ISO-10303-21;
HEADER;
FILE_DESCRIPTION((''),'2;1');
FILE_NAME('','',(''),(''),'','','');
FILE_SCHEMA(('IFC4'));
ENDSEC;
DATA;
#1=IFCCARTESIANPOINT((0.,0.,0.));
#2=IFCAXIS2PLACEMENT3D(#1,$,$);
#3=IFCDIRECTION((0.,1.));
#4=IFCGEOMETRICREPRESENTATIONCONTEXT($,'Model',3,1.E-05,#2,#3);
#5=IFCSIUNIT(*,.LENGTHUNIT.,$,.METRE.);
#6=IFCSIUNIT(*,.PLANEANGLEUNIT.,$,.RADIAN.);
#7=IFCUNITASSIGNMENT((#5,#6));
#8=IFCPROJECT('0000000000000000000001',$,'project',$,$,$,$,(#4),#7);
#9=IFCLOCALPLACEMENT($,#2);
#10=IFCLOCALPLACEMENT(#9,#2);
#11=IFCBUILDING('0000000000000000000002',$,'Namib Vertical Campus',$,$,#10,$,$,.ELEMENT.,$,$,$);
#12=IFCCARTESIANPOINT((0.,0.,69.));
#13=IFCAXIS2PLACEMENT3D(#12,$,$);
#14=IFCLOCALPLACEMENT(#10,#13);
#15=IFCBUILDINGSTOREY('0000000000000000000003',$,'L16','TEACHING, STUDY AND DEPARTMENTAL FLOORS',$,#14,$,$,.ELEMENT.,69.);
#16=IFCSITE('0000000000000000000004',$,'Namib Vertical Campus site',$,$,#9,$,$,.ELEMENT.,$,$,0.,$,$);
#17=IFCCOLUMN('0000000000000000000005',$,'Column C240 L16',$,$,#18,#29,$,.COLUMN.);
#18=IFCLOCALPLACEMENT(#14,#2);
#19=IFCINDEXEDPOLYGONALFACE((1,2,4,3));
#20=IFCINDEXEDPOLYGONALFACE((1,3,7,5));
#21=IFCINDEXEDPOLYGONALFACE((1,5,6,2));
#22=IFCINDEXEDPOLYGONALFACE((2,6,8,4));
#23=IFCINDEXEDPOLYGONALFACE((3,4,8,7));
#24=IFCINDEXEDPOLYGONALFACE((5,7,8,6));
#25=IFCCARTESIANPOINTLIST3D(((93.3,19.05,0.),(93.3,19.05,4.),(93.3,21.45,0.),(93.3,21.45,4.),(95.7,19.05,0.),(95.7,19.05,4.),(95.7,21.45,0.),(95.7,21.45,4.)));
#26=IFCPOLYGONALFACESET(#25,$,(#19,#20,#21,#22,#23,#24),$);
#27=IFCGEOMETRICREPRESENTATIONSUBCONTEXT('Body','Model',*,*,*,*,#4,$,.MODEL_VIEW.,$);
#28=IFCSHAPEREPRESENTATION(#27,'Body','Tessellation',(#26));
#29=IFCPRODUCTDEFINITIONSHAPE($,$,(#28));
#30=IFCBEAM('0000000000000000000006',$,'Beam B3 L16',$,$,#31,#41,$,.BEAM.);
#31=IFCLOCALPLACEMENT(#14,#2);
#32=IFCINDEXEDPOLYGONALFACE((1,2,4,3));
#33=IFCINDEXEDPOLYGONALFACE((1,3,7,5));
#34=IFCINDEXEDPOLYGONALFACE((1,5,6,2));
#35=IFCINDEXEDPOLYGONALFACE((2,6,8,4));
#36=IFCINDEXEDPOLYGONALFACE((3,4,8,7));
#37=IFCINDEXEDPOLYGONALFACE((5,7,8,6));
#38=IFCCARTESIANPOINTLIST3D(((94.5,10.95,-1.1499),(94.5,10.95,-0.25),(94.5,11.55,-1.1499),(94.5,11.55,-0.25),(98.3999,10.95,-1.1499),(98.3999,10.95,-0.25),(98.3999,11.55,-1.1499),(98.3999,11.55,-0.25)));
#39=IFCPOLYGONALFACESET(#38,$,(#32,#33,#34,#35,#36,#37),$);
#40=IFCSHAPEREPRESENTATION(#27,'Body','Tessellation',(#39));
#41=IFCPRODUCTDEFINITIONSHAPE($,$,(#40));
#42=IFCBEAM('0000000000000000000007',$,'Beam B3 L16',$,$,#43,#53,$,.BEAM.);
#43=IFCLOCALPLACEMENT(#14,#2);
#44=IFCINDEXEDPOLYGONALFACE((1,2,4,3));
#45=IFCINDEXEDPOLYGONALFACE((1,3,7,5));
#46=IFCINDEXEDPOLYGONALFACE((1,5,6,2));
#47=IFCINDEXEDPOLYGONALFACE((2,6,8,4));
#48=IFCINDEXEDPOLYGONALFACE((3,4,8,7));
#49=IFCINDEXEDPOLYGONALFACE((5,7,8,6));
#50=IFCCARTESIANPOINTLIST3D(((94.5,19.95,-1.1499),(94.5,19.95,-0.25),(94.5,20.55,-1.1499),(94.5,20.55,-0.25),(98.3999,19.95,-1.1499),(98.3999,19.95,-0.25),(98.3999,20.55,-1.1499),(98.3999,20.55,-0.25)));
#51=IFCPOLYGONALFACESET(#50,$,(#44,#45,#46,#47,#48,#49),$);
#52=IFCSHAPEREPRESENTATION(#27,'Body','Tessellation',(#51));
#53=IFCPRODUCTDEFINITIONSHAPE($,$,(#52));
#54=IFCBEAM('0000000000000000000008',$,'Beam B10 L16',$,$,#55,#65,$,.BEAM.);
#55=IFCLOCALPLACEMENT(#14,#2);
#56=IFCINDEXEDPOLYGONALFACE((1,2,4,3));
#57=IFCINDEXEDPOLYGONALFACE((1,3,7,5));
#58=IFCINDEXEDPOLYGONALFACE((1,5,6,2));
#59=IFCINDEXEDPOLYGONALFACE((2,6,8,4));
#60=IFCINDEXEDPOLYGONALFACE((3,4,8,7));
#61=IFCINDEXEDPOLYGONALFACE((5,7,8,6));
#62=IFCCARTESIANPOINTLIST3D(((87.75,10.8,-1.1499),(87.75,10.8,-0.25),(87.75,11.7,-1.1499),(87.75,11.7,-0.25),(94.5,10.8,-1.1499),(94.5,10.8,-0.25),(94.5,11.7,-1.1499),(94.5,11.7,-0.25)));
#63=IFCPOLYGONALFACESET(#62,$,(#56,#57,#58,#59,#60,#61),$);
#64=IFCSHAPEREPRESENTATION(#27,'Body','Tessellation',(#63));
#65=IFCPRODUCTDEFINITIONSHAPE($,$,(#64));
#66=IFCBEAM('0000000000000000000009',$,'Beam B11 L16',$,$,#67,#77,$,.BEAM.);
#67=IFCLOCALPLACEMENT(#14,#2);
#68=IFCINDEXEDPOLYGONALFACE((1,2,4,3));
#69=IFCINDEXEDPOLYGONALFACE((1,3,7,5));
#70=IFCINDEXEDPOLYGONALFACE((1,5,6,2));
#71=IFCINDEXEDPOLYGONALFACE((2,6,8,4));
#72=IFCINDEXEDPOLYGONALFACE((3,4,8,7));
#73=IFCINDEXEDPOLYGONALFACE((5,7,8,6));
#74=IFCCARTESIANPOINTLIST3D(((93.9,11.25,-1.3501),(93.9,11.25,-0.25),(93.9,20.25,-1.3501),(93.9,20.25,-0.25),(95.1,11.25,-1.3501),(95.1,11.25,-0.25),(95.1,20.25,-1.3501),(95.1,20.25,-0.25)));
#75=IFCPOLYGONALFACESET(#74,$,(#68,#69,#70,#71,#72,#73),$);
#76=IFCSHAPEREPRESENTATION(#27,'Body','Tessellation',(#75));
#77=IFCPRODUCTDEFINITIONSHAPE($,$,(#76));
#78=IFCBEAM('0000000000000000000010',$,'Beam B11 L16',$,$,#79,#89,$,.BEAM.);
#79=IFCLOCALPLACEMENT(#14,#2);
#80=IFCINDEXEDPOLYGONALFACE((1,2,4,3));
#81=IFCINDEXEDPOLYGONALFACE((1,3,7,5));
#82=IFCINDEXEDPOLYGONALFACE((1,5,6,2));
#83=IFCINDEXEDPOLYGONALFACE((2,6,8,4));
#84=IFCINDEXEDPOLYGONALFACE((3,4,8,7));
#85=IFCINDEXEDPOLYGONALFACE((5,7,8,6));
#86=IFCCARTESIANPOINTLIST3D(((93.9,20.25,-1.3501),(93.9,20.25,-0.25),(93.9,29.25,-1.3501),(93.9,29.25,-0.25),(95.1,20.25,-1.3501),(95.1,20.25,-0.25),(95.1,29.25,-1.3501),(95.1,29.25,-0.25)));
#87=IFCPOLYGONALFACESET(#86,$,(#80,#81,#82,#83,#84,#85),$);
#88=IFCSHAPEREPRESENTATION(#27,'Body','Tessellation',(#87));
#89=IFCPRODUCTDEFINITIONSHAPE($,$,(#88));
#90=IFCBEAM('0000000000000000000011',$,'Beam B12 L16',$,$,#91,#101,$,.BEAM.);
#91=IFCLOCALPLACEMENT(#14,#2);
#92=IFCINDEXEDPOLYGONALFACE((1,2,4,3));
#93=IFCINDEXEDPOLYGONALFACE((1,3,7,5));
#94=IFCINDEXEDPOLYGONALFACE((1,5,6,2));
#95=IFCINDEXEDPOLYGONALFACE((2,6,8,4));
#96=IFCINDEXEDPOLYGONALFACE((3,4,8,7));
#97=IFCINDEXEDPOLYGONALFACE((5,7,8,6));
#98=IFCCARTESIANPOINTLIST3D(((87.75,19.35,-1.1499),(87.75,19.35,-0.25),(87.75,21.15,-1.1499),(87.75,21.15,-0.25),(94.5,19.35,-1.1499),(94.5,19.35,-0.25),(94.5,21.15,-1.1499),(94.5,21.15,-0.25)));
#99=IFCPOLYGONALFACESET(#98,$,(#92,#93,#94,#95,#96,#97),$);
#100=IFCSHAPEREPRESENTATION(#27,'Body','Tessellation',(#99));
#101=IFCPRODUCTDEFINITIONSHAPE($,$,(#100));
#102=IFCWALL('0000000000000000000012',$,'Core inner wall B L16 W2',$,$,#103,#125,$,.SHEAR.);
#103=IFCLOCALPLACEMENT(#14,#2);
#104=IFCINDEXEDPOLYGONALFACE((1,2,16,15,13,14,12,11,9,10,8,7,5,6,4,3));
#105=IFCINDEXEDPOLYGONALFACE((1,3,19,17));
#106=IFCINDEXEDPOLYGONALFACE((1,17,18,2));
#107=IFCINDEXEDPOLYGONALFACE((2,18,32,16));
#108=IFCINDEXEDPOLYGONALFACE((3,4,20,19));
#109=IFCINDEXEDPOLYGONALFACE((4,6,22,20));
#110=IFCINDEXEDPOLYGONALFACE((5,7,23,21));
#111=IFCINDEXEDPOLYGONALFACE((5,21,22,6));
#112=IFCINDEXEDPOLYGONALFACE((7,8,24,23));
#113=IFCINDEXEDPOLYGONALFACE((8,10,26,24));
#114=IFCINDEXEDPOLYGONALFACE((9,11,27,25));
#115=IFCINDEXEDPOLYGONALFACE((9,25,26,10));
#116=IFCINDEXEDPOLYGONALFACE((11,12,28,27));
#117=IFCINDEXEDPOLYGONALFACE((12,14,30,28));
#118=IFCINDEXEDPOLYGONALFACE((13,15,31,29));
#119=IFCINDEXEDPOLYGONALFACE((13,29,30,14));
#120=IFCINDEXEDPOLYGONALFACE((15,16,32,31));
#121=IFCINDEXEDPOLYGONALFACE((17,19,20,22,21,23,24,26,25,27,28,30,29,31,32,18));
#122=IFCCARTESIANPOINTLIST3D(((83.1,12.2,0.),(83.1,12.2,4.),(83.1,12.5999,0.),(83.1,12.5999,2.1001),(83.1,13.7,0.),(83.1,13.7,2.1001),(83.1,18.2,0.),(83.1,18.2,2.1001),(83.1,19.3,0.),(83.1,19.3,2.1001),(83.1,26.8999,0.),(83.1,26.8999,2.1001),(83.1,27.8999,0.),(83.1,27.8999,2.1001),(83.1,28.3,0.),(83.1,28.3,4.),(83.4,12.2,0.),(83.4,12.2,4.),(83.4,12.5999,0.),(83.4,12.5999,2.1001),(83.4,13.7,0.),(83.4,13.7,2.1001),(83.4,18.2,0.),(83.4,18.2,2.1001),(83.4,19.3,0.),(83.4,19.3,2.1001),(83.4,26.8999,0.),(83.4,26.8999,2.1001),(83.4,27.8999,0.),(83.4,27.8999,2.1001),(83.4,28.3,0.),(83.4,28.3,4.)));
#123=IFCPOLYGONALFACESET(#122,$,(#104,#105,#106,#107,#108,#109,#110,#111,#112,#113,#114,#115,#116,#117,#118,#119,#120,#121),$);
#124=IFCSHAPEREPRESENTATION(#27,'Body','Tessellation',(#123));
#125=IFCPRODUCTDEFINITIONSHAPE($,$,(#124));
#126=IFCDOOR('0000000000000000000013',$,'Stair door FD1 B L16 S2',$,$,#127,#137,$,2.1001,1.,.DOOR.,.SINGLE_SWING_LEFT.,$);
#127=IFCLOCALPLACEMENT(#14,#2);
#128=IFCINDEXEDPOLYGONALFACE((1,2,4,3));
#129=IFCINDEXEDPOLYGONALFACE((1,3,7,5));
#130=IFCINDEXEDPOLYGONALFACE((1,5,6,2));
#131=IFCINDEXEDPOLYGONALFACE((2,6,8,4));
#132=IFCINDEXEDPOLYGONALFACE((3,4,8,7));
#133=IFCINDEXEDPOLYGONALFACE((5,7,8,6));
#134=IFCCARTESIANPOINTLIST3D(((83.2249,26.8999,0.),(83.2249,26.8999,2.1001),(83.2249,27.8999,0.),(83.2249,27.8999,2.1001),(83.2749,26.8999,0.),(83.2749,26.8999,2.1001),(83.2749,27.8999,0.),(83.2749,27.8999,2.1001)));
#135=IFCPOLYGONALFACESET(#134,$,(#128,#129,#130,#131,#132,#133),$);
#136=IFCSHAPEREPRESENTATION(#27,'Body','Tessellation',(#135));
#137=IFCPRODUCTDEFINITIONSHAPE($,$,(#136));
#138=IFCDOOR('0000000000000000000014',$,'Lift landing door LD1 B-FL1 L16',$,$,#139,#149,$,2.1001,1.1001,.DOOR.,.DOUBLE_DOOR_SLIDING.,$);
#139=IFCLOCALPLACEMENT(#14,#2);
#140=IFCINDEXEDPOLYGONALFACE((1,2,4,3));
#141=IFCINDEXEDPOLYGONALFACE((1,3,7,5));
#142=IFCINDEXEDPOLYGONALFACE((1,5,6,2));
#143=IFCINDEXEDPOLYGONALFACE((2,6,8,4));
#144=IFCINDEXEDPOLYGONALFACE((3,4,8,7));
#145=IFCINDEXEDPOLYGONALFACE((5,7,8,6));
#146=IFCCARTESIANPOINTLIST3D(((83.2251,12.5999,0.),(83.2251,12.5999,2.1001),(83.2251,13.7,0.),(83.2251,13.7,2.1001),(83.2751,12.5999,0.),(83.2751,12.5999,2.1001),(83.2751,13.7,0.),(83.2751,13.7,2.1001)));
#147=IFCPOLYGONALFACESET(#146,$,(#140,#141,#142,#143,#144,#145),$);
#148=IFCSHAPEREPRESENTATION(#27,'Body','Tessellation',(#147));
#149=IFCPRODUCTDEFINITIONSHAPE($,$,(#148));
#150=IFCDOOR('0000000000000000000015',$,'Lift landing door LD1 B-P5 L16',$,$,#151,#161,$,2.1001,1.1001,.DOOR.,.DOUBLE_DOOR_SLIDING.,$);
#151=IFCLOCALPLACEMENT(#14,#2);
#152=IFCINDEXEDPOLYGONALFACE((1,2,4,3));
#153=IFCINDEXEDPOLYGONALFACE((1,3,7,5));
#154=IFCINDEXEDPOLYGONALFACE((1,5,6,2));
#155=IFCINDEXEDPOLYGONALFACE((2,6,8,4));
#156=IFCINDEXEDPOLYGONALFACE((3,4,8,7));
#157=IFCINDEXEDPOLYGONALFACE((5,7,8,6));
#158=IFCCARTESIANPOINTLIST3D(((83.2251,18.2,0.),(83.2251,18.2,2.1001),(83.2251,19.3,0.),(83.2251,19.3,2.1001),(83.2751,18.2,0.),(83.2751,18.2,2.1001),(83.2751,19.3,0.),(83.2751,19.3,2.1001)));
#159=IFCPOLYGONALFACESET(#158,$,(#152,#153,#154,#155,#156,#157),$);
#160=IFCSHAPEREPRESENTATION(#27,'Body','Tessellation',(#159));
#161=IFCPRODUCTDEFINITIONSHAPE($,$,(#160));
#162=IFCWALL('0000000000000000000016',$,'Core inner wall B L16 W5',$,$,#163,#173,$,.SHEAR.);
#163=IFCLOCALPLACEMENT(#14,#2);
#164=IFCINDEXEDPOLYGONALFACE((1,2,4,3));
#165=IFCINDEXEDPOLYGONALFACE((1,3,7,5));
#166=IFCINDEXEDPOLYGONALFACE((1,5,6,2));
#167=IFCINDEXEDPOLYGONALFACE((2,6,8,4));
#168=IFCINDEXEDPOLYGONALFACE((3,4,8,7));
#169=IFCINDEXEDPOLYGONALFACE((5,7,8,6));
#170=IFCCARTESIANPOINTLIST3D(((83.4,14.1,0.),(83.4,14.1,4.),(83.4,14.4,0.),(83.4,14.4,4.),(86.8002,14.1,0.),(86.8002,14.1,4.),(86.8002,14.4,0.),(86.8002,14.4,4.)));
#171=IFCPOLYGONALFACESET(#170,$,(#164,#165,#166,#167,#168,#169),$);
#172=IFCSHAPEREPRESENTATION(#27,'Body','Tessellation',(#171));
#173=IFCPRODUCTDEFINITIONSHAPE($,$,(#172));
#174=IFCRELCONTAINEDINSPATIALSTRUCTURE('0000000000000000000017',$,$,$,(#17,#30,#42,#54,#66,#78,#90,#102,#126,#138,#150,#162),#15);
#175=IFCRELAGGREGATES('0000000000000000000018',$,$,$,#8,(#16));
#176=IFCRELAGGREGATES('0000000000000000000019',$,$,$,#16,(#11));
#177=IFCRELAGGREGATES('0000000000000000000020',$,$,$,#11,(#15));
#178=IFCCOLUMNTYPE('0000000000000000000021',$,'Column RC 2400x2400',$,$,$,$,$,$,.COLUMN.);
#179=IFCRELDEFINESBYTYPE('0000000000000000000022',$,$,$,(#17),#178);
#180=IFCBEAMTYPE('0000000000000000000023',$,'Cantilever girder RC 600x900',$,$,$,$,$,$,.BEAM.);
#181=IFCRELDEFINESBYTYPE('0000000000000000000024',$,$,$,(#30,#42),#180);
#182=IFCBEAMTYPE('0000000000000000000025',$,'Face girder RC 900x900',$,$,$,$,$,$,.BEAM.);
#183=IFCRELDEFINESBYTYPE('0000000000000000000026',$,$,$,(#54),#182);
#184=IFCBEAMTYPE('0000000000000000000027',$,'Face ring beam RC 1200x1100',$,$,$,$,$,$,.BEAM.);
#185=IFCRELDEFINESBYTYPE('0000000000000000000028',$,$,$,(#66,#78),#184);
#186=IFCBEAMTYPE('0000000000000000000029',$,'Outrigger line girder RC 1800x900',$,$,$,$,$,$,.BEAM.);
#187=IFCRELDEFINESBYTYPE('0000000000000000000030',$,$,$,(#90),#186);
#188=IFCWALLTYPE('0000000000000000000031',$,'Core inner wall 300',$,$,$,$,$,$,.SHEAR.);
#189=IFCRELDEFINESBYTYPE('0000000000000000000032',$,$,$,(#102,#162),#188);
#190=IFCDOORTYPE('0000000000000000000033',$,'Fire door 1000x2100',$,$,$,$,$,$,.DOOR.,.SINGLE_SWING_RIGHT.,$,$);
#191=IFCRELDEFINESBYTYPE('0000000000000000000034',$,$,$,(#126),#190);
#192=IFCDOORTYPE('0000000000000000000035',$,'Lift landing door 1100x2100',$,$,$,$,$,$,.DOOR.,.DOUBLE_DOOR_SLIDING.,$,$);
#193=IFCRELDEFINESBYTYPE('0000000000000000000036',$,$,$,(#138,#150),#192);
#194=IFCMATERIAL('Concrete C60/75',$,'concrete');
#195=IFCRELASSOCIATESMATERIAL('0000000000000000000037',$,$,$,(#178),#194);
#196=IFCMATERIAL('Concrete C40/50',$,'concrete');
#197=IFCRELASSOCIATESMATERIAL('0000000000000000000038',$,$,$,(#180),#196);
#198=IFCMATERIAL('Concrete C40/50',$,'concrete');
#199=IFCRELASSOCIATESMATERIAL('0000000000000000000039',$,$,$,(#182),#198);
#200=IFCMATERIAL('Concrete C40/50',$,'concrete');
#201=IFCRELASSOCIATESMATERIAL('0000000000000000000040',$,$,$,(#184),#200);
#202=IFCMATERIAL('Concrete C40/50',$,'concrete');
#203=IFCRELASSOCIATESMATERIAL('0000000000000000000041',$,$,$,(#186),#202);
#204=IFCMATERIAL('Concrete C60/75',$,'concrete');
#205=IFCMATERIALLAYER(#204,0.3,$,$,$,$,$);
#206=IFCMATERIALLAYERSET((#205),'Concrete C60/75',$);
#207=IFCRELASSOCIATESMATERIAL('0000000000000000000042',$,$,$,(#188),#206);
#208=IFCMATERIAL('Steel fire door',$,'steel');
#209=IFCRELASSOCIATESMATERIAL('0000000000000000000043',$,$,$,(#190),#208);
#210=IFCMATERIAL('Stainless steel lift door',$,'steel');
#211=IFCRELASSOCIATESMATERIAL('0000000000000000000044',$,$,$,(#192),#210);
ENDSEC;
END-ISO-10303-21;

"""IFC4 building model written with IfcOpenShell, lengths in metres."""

from ifc_helpers import new_model, si_unit, direction, frame, frame_2d, origin, origin_2d, place, context, subcontext, project, spatial, rectangle, extrude, material, layer, layer_set, material_profile, profile_set, type_object, element, fill, save


model = new_model("IFC4")

# Units and contexts
model_context = context("Model", 3, precision=1e-05, world=origin(), true_north=direction((0.0, 1.0)))
body_context = subcontext(model_context, "Body", "Model", "MODEL_VIEW")
ifc_project = project(units=[si_unit("LENGTHUNIT", "METRE"), si_unit("PLANEANGLEUNIT", "RADIAN")], contexts=[model_context])

# Site, building, storey
site_placement = place(None, origin())
site = spatial("IfcSite", under=ifc_project, at=site_placement, Name="Namib Vertical Campus site", CompositionType="ELEMENT", RefElevation=0.0)
building_placement = place(site_placement, origin())
building = spatial("IfcBuilding", under=site, at=building_placement, Name="Namib Vertical Campus", CompositionType="ELEMENT")
storey_placement = place(building_placement, frame((0.0, 0.0, 69.0)))
storey = spatial("IfcBuildingStorey", under=building, at=storey_placement, Name="L16", Description="TEACHING, STUDY AND DEPARTMENTAL FLOORS", CompositionType="ELEMENT", Elevation=69.0)

# Column
ifc_material_1 = material(Name="Concrete C60/75", Category="concrete")
ifc_material_profile_1 = material_profile(ifc_material_1, rectangle(XDim=2.3999, YDim=2.3999, at=origin_2d()))
ifc_profile_set_1 = profile_set([ifc_material_profile_1], Name="Concrete C60/75")
column_type = type_object("IfcColumnType", Name="Column RC 2400x2400", PredefinedType="COLUMN", material=ifc_profile_set_1)
column_placement = place(storey_placement, frame((94.5, 20.25, 0.0), z_axis=(0.0, 0.0, 1.0), x_axis=(1.0, 0.0, 0.0)))
element("IfcColumn", 1, at=column_placement, inside=storey, type_object=column_type, Name="Column C240 L16", PredefinedType="COLUMN", context=body_context, shape_type="SweptSolid", body=[
    extrude(rectangle(XDim=2.3999, YDim=2.3999, at=origin_2d()), origin(), (0.0, 0.0, 1.0), 4.0),
])

# Beams
ifc_material_2 = material(Name="Concrete C40/50", Category="concrete")
ifc_material_profile_2 = material_profile(ifc_material_2, rectangle(XDim=0.6001, YDim=0.8999, at=origin_2d()))
ifc_profile_set_2 = profile_set([ifc_material_profile_2], Name="Concrete C40/50")
beam_type_1 = type_object("IfcBeamType", Name="Cantilever girder RC 600x900", PredefinedType="BEAM", material=ifc_profile_set_2)
for number, where, z_axis, x_axis, name in (
    (2, (94.5, 11.25, -0.7), (1.0, 0.0, 0.0), (0.0, 1.0, 0.0), "Beam B3 L16"),
    (3, (94.5, 20.25, -0.7), (1.0, 0.0, 0.0), (0.0, 1.0, 0.0), "Beam B3 L16"),
):
    element("IfcBeam", number, at=place(storey_placement, frame(where, z_axis=z_axis, x_axis=x_axis)), inside=storey, type_object=beam_type_1, Name=name, PredefinedType="BEAM", context=body_context, shape_type="SweptSolid", body=[
        extrude(rectangle(XDim=0.6001, YDim=0.8999, at=origin_2d()), origin(), (0.0, 0.0, 1.0), 3.8999),
    ])
ifc_material_3 = material(Name="Concrete C40/50", Category="concrete")
ifc_material_profile_3 = material_profile(ifc_material_3, rectangle(XDim=0.8999, YDim=0.8999, at=origin_2d()))
ifc_profile_set_3 = profile_set([ifc_material_profile_3], Name="Concrete C40/50")
beam_type_2 = type_object("IfcBeamType", Name="Face girder RC 900x900", PredefinedType="BEAM", material=ifc_profile_set_3)
beam_1_placement = place(storey_placement, frame((94.5, 11.25, -0.7), z_axis=(-1.0, 0.0, 0.0), x_axis=(0.0, -1.0, 0.0)))
element("IfcBeam", 4, at=beam_1_placement, inside=storey, type_object=beam_type_2, Name="Beam B10 L16", PredefinedType="BEAM", context=body_context, shape_type="SweptSolid", body=[
    extrude(rectangle(XDim=0.8999, YDim=0.8999, at=origin_2d()), origin(), (0.0, 0.0, 1.0), 6.75),
])
ifc_material_4 = material(Name="Concrete C40/50", Category="concrete")
ifc_material_profile_4 = material_profile(ifc_material_4, rectangle(XDim=1.2, YDim=1.1001, at=origin_2d()))
ifc_profile_set_4 = profile_set([ifc_material_profile_4], Name="Concrete C40/50")
beam_type_3 = type_object("IfcBeamType", Name="Face ring beam RC 1200x1100", PredefinedType="BEAM", material=ifc_profile_set_4)
for number, where, z_axis, x_axis, name in (
    (5, (94.5, 11.25, -0.8), (0.0, 1.0, 0.0), (-1.0, 0.0, 0.0), "Beam B11 L16"),
    (6, (94.5, 20.25, -0.8), (0.0, 1.0, 0.0), (-1.0, 0.0, 0.0), "Beam B11 L16"),
):
    element("IfcBeam", number, at=place(storey_placement, frame(where, z_axis=z_axis, x_axis=x_axis)), inside=storey, type_object=beam_type_3, Name=name, PredefinedType="BEAM", context=body_context, shape_type="SweptSolid", body=[
        extrude(rectangle(XDim=1.2, YDim=1.1001, at=origin_2d()), origin(), (0.0, 0.0, 1.0), 9.0),
    ])
ifc_material_5 = material(Name="Concrete C40/50", Category="concrete")
ifc_material_profile_5 = material_profile(ifc_material_5, rectangle(XDim=1.8, YDim=0.8999, at=origin_2d()))
ifc_profile_set_5 = profile_set([ifc_material_profile_5], Name="Concrete C40/50")
beam_type_4 = type_object("IfcBeamType", Name="Outrigger line girder RC 1800x900", PredefinedType="BEAM", material=ifc_profile_set_5)
beam_2_placement = place(storey_placement, frame((94.5, 20.25, -0.7), z_axis=(-1.0, 0.0, 0.0), x_axis=(0.0, -1.0, 0.0)))
element("IfcBeam", 7, at=beam_2_placement, inside=storey, type_object=beam_type_4, Name="Beam B12 L16", PredefinedType="BEAM", context=body_context, shape_type="SweptSolid", body=[
    extrude(rectangle(XDim=1.8, YDim=0.8999, at=origin_2d()), origin(), (0.0, 0.0, 1.0), 6.75),
])

# Wall, openings, doors
ifc_material_6 = material(Name="Concrete C60/75", Category="concrete")
ifc_layer_1 = layer(ifc_material_6, 0.3)
ifc_layer_set_1 = layer_set([ifc_layer_1], Name="Concrete C60/75")
wall_type_1 = type_object("IfcWallType", Name="Core inner wall 300", PredefinedType="SHEAR", material=ifc_layer_set_1)
wall_1_placement = place(storey_placement, frame((83.25, 12.2, 0.0), z_axis=(0.0, 0.0, 1.0), x_axis=(0.0, 1.0, 0.0)))
wall_1 = element("IfcWall", 8, at=wall_1_placement, inside=storey, type_object=wall_type_1, Name="Core inner wall B L16 W2", PredefinedType="SHEAR", context=body_context, shape_type="SweptSolid", body=[
    extrude(rectangle(XDim=16.1001, YDim=0.3, at=frame_2d((8.05, 0.0))), origin(), (0.0, 0.0, 1.0), 4.0),
])
opening_1_placement = place(wall_1_placement, frame((14.7, 0.0, 0.0)))
opening_1 = element("IfcOpeningElement", 9, at=opening_1_placement, cuts=wall_1, PredefinedType="OPENING", context=body_context, shape_type="SweptSolid", body=[
    extrude(rectangle(XDim=1.0, YDim=2.1001, at=frame_2d((0.5, 1.05))), frame((0.0, 0.1599, 0.0), z_axis=(0.0, -1.0, 0.0), x_axis=(1.0, 0.0, 0.0)), (0.0, 0.0, 1.0), 0.3201),
])
opening_2_placement = place(wall_1_placement, frame((0.3999, 0.0, 0.0)))
opening_2 = element("IfcOpeningElement", 10, at=opening_2_placement, cuts=wall_1, PredefinedType="OPENING", context=body_context, shape_type="SweptSolid", body=[
    extrude(rectangle(XDim=1.1001, YDim=2.1001, at=frame_2d((0.55, 1.05))), frame((0.0, 0.1599, 0.0), z_axis=(0.0, -1.0, 0.0), x_axis=(1.0, 0.0, 0.0)), (0.0, 0.0, 1.0), 0.3201),
])
opening_3_placement = place(wall_1_placement, frame((6.0, 0.0, 0.0)))
opening_3 = element("IfcOpeningElement", 11, at=opening_3_placement, cuts=wall_1, PredefinedType="OPENING", context=body_context, shape_type="SweptSolid", body=[
    extrude(rectangle(XDim=1.1001, YDim=2.1001, at=frame_2d((0.55, 1.05))), frame((0.0, 0.1599, 0.0), z_axis=(0.0, -1.0, 0.0), x_axis=(1.0, 0.0, 0.0)), (0.0, 0.0, 1.0), 0.3201),
])
ifc_material_7 = material(Name="Steel fire door", Category="steel")
door_type_1 = type_object("IfcDoorType", Name="Fire door 1000x2100", OperationType="SINGLE_SWING_RIGHT", PredefinedType="DOOR", material=ifc_material_7)
door_1_placement = place(opening_1_placement, frame((1.0, 0.0, 0.0), z_axis=(0.0, 0.0, 1.0), x_axis=(-1.0, 0.0, 0.0)))
door_1 = element("IfcDoor", 12, at=door_1_placement, inside=storey, type_object=door_type_1, Name="Stair door FD1 B L16 S2", OperationType="SINGLE_SWING_LEFT", OverallHeight=2.1001, OverallWidth=1.0, PredefinedType="DOOR", context=body_context, shape_type="SweptSolid", body=[
    extrude(rectangle(XDim=1.0, YDim=2.1001, at=frame_2d((0.5, 1.05))), frame((0.0, 0.0249, 0.0), z_axis=(0.0, -1.0, 0.0), x_axis=(1.0, 0.0, 0.0)), (0.0, 0.0, 1.0), 0.05),
])
fill(opening_1, door_1)
ifc_material_8 = material(Name="Stainless steel lift door", Category="steel")
door_type_2 = type_object("IfcDoorType", Name="Lift landing door 1100x2100", OperationType="DOUBLE_DOOR_SLIDING", PredefinedType="DOOR", material=ifc_material_8)
door_2_placement = place(opening_2_placement, origin())
door_2 = element("IfcDoor", 13, at=door_2_placement, inside=storey, type_object=door_type_2, Name="Lift landing door LD1 B-FL1 L16", OperationType="DOUBLE_DOOR_SLIDING", OverallHeight=2.1001, OverallWidth=1.1001, PredefinedType="DOOR", context=body_context, shape_type="SweptSolid", body=[
    extrude(rectangle(XDim=1.1001, YDim=2.1001, at=frame_2d((0.55, 1.05))), frame((0.0, 0.0249, 0.0), z_axis=(0.0, -1.0, 0.0), x_axis=(1.0, 0.0, 0.0)), (0.0, 0.0, 1.0), 0.05),
])
fill(opening_2, door_2)
door_3_placement = place(opening_3_placement, origin())
door_3 = element("IfcDoor", 14, at=door_3_placement, inside=storey, type_object=door_type_2, Name="Lift landing door LD1 B-P5 L16", OperationType="DOUBLE_DOOR_SLIDING", OverallHeight=2.1001, OverallWidth=1.1001, PredefinedType="DOOR", context=body_context, shape_type="SweptSolid", body=[
    extrude(rectangle(XDim=1.1001, YDim=2.1001, at=frame_2d((0.55, 1.05))), frame((0.0, 0.0249, 0.0), z_axis=(0.0, -1.0, 0.0), x_axis=(1.0, 0.0, 0.0)), (0.0, 0.0, 1.0), 0.05),
])
fill(opening_3, door_3)

# Wall
for number, where, z_axis, x_axis, name in (
    (15, (83.3999, 14.25, 0.0), (0.0, 0.0, 1.0), (1.0, 0.0, 0.0), "Core inner wall B L16 W5"),
):
    element("IfcWall", number, at=place(storey_placement, frame(where, z_axis=z_axis, x_axis=x_axis)), inside=storey, type_object=wall_type_1, Name=name, PredefinedType="SHEAR", context=body_context, shape_type="SweptSolid", body=[
        extrude(rectangle(XDim=3.4001, YDim=0.3, at=frame_2d((1.7002, 0.0))), origin(), (0.0, 0.0, 1.0), 4.0),
    ])

save(model, "model.ifc")
